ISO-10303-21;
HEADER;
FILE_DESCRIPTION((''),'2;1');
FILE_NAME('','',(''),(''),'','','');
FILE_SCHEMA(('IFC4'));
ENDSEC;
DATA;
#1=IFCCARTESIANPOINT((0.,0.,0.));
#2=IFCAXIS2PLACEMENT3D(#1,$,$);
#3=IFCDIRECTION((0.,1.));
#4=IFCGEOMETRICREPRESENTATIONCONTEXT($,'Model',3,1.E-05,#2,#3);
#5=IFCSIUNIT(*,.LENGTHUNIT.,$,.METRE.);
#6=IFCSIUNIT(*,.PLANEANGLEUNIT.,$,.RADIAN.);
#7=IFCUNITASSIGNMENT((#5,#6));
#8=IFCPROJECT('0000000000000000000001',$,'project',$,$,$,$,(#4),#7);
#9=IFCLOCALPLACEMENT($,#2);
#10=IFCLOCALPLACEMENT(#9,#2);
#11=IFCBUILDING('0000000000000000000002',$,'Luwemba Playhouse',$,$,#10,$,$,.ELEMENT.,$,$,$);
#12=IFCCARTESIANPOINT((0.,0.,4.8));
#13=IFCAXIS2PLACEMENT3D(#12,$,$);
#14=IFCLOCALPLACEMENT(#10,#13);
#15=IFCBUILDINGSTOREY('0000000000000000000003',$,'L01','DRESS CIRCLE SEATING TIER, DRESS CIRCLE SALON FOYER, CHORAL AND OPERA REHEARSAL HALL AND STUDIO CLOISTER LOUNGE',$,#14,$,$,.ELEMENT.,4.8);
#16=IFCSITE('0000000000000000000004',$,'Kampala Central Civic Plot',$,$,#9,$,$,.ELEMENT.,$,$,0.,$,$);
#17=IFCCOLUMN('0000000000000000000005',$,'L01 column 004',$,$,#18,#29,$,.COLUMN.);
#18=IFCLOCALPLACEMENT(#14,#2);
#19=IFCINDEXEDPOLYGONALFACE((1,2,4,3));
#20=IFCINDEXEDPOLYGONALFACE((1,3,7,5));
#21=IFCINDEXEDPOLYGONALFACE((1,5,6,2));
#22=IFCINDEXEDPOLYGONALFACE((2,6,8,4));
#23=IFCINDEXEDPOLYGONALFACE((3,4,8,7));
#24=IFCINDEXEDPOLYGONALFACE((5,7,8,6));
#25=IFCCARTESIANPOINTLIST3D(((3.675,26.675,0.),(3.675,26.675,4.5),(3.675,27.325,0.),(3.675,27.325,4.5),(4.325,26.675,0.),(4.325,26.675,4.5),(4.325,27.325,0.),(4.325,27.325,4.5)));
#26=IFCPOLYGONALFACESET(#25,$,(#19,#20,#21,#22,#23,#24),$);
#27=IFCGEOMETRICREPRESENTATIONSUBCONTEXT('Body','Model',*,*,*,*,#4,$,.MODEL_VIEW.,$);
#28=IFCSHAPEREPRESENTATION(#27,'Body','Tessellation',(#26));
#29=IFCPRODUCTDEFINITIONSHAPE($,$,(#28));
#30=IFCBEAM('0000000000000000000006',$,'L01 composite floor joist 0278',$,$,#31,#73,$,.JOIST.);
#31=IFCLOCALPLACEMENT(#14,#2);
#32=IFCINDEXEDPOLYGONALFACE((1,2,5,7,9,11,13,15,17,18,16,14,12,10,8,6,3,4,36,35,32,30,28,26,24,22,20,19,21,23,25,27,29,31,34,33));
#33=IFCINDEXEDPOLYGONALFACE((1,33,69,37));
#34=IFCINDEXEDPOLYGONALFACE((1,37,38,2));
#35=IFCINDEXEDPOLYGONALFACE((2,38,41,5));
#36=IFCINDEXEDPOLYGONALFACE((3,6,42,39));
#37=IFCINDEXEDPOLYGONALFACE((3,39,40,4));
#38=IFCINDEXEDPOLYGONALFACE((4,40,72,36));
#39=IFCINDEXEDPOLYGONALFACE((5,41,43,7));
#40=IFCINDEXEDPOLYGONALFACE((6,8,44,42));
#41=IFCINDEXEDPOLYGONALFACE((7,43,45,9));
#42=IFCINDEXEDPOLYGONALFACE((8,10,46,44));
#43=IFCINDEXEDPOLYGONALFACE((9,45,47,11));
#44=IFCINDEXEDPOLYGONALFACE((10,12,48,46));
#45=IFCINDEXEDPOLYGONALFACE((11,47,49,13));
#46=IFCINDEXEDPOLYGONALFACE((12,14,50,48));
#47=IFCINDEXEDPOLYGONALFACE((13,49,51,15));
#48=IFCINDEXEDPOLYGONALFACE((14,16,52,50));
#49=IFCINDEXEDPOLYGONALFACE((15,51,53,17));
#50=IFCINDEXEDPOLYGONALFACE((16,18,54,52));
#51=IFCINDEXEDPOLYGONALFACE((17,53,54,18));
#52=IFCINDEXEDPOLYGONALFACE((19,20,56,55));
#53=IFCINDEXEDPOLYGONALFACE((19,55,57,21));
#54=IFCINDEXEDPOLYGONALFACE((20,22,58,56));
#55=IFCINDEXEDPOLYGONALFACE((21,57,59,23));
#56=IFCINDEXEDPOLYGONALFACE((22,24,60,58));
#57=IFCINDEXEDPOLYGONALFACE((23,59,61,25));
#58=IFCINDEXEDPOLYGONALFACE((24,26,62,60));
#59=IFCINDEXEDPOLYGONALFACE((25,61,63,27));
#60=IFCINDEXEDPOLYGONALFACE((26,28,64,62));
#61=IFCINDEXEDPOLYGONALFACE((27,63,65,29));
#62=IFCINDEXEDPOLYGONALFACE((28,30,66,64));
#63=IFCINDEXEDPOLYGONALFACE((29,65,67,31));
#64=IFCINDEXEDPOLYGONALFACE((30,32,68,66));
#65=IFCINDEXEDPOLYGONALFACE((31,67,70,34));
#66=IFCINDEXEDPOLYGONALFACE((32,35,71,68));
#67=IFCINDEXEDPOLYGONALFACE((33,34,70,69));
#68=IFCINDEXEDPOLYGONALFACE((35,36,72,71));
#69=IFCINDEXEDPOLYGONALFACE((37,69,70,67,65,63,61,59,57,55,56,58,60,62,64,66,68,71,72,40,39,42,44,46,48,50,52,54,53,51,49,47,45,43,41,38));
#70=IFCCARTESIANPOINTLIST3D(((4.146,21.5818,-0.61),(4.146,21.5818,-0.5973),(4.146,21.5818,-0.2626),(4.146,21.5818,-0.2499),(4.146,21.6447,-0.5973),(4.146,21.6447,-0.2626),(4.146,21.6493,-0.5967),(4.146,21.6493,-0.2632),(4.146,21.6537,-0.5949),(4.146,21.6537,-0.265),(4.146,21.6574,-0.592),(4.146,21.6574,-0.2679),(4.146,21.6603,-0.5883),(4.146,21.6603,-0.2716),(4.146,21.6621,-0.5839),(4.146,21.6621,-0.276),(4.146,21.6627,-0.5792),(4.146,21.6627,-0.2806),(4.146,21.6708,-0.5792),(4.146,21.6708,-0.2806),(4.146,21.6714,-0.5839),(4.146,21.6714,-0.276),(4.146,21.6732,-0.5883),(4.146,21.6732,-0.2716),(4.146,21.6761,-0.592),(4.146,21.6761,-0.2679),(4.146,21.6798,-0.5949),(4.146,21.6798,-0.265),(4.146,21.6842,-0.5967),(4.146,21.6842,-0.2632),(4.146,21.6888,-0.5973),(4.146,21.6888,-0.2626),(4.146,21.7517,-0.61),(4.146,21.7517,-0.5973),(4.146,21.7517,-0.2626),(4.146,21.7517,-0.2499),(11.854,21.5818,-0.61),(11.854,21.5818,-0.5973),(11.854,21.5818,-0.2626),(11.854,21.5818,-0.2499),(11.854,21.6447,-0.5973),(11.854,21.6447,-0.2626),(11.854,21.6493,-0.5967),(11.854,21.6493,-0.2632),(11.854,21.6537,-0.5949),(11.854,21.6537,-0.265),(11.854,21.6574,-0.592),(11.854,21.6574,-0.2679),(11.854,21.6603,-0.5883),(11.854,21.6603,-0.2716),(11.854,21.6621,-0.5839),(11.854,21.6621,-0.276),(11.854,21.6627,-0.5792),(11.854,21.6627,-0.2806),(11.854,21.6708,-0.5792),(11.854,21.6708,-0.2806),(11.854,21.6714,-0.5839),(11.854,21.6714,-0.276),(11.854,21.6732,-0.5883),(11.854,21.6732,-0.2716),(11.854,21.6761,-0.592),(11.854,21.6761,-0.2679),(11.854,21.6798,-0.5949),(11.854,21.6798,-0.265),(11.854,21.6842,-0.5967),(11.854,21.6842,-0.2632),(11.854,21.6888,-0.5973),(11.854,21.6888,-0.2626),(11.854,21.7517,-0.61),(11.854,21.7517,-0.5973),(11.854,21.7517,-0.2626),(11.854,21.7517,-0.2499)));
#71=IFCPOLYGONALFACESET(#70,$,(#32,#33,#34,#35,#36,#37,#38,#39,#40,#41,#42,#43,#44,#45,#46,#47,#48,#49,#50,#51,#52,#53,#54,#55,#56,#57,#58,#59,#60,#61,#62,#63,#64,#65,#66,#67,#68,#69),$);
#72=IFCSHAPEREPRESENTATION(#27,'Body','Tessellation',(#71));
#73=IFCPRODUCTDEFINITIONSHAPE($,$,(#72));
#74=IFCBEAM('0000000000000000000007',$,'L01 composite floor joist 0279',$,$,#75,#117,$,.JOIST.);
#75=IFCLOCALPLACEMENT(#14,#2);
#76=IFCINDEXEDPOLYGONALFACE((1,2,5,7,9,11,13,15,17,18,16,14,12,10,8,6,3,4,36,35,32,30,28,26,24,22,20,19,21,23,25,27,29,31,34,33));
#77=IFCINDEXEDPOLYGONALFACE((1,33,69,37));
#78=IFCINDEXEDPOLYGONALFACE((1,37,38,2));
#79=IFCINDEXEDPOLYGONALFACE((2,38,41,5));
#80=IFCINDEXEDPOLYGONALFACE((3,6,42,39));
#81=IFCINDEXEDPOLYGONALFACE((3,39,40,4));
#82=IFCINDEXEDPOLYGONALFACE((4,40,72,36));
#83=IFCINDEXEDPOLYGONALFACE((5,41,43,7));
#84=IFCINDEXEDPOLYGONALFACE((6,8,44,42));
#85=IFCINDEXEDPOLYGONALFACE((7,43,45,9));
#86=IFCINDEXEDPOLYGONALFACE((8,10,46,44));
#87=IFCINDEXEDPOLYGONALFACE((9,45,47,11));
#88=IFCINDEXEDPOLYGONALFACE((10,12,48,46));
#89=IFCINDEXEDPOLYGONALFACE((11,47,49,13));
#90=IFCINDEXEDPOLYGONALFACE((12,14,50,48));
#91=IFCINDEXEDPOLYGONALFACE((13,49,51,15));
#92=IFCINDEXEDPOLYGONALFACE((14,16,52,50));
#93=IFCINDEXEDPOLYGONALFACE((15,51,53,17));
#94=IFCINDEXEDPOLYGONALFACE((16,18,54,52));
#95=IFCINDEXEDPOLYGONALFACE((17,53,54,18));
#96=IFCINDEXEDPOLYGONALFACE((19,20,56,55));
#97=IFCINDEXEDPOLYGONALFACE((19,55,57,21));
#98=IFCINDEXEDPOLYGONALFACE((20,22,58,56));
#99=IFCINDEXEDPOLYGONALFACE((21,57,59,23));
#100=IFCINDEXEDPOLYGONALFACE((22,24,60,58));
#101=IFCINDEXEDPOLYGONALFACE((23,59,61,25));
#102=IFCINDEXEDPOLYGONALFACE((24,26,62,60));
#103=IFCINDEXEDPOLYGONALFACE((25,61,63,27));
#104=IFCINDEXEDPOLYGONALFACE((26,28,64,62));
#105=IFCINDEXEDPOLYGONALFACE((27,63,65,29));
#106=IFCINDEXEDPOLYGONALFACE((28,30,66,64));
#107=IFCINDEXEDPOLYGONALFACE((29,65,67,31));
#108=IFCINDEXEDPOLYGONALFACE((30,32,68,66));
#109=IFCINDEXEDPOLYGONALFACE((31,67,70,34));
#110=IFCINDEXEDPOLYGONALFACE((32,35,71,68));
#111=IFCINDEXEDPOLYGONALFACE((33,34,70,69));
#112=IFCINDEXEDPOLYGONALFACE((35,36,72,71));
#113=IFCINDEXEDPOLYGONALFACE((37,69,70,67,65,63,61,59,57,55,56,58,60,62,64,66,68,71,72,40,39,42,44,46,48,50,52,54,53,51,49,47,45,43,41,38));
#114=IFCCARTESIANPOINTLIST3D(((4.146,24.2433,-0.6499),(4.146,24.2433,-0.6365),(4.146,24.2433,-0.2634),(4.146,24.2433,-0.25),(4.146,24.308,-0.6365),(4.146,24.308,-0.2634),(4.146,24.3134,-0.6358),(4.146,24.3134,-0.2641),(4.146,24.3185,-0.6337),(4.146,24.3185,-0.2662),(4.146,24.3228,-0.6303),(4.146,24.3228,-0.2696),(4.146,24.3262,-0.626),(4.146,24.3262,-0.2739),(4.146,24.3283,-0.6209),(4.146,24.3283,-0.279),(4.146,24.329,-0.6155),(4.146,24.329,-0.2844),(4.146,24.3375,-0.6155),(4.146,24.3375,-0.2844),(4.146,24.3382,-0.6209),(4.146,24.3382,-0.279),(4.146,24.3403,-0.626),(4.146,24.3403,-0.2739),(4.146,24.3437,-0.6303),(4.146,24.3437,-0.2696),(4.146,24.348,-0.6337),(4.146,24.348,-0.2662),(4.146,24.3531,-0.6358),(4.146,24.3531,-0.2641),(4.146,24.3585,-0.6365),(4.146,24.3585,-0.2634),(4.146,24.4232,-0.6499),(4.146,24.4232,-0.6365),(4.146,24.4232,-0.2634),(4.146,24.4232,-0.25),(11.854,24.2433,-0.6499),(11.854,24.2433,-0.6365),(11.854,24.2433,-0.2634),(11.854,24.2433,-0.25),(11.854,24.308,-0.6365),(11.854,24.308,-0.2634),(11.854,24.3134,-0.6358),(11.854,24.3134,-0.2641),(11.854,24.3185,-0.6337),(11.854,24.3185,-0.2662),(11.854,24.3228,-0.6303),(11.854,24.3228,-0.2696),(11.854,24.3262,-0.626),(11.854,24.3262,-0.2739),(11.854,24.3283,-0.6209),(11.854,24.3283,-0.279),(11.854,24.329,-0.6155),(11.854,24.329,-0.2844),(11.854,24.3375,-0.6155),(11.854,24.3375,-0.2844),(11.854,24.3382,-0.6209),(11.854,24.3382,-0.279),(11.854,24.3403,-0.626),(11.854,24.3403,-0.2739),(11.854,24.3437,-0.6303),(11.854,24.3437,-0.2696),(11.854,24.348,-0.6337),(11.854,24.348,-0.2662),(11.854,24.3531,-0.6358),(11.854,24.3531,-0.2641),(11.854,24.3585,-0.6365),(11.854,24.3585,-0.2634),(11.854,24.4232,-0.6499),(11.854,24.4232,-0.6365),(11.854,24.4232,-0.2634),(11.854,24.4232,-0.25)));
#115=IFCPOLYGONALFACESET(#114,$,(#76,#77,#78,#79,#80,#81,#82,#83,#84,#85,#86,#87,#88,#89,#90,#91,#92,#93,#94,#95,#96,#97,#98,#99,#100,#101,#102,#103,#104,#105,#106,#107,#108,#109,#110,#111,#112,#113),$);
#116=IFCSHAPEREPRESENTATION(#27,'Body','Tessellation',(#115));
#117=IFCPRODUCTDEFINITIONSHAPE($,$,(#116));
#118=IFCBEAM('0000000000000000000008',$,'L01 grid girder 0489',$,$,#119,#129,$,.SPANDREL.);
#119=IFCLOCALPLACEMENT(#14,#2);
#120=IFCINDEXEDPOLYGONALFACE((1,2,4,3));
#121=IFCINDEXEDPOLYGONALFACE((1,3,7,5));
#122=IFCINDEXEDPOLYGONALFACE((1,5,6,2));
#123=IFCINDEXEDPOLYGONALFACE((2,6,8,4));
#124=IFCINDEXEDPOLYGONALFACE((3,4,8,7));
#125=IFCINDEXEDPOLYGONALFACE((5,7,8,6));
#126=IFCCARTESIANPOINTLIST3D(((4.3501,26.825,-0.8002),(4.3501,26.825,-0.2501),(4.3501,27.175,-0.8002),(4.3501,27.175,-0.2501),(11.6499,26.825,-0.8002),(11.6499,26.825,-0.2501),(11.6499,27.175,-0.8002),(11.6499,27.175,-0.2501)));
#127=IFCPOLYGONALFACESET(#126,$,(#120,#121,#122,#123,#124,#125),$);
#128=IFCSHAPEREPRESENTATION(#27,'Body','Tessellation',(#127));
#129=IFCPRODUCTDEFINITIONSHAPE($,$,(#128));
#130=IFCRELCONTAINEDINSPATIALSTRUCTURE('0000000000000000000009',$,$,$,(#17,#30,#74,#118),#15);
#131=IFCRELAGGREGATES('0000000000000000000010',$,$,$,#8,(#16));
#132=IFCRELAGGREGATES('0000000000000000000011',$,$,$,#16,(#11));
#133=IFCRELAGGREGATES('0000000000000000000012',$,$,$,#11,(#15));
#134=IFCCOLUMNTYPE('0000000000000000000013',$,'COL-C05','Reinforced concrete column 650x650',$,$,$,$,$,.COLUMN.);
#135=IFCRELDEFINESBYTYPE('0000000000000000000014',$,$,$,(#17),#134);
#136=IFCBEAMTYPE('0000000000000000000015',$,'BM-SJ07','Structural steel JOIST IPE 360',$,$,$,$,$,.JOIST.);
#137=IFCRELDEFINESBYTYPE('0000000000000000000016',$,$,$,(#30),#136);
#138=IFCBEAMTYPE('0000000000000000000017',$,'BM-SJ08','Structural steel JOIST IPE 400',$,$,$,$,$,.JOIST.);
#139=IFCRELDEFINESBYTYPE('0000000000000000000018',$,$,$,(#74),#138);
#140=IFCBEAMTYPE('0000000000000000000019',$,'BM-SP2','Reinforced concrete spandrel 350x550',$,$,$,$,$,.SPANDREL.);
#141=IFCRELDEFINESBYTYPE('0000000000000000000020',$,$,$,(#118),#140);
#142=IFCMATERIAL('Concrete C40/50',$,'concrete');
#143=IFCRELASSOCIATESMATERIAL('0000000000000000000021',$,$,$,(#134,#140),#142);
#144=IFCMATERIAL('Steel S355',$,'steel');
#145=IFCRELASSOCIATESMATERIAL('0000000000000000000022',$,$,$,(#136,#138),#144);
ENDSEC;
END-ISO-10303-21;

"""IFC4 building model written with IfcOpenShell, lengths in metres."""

from ifc_helpers import new_model, si_unit, direction, frame, origin, origin_2d, place, context, subcontext, project, spatial, rectangle, i_section, extrude, material, material_profile, profile_set, type_object, element, save


model = new_model("IFC4")

# Units and contexts
model_context = context("Model", 3, precision=1e-05, world=origin(), true_north=direction((0.0, 1.0)))
body_context = subcontext(model_context, "Body", "Model", "MODEL_VIEW")
ifc_project = project(units=[si_unit("LENGTHUNIT", "METRE"), si_unit("PLANEANGLEUNIT", "RADIAN")], contexts=[model_context])

# Site, building, storey
site_placement = place(None, origin())
site = spatial("IfcSite", under=ifc_project, at=site_placement, Name="Kampala Central Civic Plot", CompositionType="ELEMENT", RefElevation=0.0)
building_placement = place(site_placement, origin())
building = spatial("IfcBuilding", under=site, at=building_placement, Name="Luwemba Playhouse", CompositionType="ELEMENT")
storey_placement = place(building_placement, frame((0.0, 0.0, 4.8)))
storey = spatial("IfcBuildingStorey", under=building, at=storey_placement, Name="L01", Description="DRESS CIRCLE SEATING TIER, DRESS CIRCLE SALON FOYER, CHORAL AND OPERA REHEARSAL HALL AND STUDIO CLOISTER LOUNGE", CompositionType="ELEMENT", Elevation=4.8)

# Column
ifc_material_1 = material(Name="Concrete C40/50", Category="concrete")
ifc_material_profile_1 = material_profile(ifc_material_1, rectangle(XDim=0.6499, YDim=0.6499, at=origin_2d()))
ifc_profile_set_1 = profile_set([ifc_material_profile_1], Name="Concrete C40/50")
column_type = type_object("IfcColumnType", Name="COL-C05", Description="Reinforced concrete column 650x650", PredefinedType="COLUMN", material=ifc_profile_set_1)
column_placement = place(storey_placement, frame((4.0, 27.0, 0.0), z_axis=(0.0, 0.0, 1.0), x_axis=(1.0, 0.0, 0.0)))
element("IfcColumn", 1, at=column_placement, inside=storey, type_object=column_type, Name="L01 column 004", PredefinedType="COLUMN", context=body_context, shape_type="SweptSolid", body=[
    extrude(rectangle(XDim=0.6499, YDim=0.6499, at=origin_2d()), origin(), (0.0, 0.0, 1.0), 4.5),
])

# Beams
ifc_material_2 = material(Name="Steel S355", Category="steel")
ifc_material_profile_2 = material_profile(ifc_material_2, i_section(OverallWidth=0.1699, OverallDepth=0.3601, WebThickness=0.0081, FlangeThickness=0.0127, FilletRadius=0.0181, at=origin_2d()))
ifc_profile_set_2 = profile_set([ifc_material_profile_2], Name="Steel S355")
beam_type_1 = type_object("IfcBeamType", Name="BM-SJ07", Description="Structural steel JOIST IPE 360", PredefinedType="JOIST", material=ifc_profile_set_2)
beam_1_placement = place(storey_placement, frame((4.146, 21.6667, -0.4299), z_axis=(1.0, 0.0, 0.0), x_axis=(0.0, 1.0, 0.0)))
element("IfcBeam", 2, at=beam_1_placement, inside=storey, type_object=beam_type_1, Name="L01 composite floor joist 0278", PredefinedType="JOIST", context=body_context, shape_type="SweptSolid", body=[
    extrude(i_section(OverallWidth=0.1699, OverallDepth=0.3601, WebThickness=0.0081, FlangeThickness=0.0127, FilletRadius=0.0181, at=origin_2d()), origin(), (0.0, 0.0, 1.0), 7.708),
])
ifc_material_profile_3 = material_profile(ifc_material_2, i_section(OverallWidth=0.1799, OverallDepth=0.3999, WebThickness=0.0085, FlangeThickness=0.0134, FilletRadius=0.021, at=origin_2d()))
ifc_profile_set_3 = profile_set([ifc_material_profile_3], Name="Steel S355")
beam_type_2 = type_object("IfcBeamType", Name="BM-SJ08", Description="Structural steel JOIST IPE 400", PredefinedType="JOIST", material=ifc_profile_set_3)
beam_2_placement = place(storey_placement, frame((4.146, 24.3333, -0.45), z_axis=(1.0, 0.0, 0.0), x_axis=(0.0, 1.0, 0.0)))
element("IfcBeam", 3, at=beam_2_placement, inside=storey, type_object=beam_type_2, Name="L01 composite floor joist 0279", PredefinedType="JOIST", context=body_context, shape_type="SweptSolid", body=[
    extrude(i_section(OverallWidth=0.1799, OverallDepth=0.3999, WebThickness=0.0085, FlangeThickness=0.0134, FilletRadius=0.021, at=origin_2d()), origin(), (0.0, 0.0, 1.0), 7.708),
])
ifc_material_profile_4 = material_profile(ifc_material_1, rectangle(XDim=0.3501, YDim=0.55, at=origin_2d()))
ifc_profile_set_4 = profile_set([ifc_material_profile_4], Name="Concrete C40/50")
beam_type_3 = type_object("IfcBeamType", Name="BM-SP2", Description="Reinforced concrete spandrel 350x550", PredefinedType="SPANDREL", material=ifc_profile_set_4)
beam_3_placement = place(storey_placement, frame((4.3501, 27.0, -0.5251), z_axis=(1.0, 0.0, 0.0), x_axis=(0.0, 1.0, 0.0)))
element("IfcBeam", 4, at=beam_3_placement, inside=storey, type_object=beam_type_3, Name="L01 grid girder 0489", PredefinedType="SPANDREL", context=body_context, shape_type="SweptSolid", body=[
    extrude(rectangle(XDim=0.3501, YDim=0.55, at=origin_2d()), origin(), (0.0, 0.0, 1.0), 7.2998),
])

save(model, "model.ifc")
